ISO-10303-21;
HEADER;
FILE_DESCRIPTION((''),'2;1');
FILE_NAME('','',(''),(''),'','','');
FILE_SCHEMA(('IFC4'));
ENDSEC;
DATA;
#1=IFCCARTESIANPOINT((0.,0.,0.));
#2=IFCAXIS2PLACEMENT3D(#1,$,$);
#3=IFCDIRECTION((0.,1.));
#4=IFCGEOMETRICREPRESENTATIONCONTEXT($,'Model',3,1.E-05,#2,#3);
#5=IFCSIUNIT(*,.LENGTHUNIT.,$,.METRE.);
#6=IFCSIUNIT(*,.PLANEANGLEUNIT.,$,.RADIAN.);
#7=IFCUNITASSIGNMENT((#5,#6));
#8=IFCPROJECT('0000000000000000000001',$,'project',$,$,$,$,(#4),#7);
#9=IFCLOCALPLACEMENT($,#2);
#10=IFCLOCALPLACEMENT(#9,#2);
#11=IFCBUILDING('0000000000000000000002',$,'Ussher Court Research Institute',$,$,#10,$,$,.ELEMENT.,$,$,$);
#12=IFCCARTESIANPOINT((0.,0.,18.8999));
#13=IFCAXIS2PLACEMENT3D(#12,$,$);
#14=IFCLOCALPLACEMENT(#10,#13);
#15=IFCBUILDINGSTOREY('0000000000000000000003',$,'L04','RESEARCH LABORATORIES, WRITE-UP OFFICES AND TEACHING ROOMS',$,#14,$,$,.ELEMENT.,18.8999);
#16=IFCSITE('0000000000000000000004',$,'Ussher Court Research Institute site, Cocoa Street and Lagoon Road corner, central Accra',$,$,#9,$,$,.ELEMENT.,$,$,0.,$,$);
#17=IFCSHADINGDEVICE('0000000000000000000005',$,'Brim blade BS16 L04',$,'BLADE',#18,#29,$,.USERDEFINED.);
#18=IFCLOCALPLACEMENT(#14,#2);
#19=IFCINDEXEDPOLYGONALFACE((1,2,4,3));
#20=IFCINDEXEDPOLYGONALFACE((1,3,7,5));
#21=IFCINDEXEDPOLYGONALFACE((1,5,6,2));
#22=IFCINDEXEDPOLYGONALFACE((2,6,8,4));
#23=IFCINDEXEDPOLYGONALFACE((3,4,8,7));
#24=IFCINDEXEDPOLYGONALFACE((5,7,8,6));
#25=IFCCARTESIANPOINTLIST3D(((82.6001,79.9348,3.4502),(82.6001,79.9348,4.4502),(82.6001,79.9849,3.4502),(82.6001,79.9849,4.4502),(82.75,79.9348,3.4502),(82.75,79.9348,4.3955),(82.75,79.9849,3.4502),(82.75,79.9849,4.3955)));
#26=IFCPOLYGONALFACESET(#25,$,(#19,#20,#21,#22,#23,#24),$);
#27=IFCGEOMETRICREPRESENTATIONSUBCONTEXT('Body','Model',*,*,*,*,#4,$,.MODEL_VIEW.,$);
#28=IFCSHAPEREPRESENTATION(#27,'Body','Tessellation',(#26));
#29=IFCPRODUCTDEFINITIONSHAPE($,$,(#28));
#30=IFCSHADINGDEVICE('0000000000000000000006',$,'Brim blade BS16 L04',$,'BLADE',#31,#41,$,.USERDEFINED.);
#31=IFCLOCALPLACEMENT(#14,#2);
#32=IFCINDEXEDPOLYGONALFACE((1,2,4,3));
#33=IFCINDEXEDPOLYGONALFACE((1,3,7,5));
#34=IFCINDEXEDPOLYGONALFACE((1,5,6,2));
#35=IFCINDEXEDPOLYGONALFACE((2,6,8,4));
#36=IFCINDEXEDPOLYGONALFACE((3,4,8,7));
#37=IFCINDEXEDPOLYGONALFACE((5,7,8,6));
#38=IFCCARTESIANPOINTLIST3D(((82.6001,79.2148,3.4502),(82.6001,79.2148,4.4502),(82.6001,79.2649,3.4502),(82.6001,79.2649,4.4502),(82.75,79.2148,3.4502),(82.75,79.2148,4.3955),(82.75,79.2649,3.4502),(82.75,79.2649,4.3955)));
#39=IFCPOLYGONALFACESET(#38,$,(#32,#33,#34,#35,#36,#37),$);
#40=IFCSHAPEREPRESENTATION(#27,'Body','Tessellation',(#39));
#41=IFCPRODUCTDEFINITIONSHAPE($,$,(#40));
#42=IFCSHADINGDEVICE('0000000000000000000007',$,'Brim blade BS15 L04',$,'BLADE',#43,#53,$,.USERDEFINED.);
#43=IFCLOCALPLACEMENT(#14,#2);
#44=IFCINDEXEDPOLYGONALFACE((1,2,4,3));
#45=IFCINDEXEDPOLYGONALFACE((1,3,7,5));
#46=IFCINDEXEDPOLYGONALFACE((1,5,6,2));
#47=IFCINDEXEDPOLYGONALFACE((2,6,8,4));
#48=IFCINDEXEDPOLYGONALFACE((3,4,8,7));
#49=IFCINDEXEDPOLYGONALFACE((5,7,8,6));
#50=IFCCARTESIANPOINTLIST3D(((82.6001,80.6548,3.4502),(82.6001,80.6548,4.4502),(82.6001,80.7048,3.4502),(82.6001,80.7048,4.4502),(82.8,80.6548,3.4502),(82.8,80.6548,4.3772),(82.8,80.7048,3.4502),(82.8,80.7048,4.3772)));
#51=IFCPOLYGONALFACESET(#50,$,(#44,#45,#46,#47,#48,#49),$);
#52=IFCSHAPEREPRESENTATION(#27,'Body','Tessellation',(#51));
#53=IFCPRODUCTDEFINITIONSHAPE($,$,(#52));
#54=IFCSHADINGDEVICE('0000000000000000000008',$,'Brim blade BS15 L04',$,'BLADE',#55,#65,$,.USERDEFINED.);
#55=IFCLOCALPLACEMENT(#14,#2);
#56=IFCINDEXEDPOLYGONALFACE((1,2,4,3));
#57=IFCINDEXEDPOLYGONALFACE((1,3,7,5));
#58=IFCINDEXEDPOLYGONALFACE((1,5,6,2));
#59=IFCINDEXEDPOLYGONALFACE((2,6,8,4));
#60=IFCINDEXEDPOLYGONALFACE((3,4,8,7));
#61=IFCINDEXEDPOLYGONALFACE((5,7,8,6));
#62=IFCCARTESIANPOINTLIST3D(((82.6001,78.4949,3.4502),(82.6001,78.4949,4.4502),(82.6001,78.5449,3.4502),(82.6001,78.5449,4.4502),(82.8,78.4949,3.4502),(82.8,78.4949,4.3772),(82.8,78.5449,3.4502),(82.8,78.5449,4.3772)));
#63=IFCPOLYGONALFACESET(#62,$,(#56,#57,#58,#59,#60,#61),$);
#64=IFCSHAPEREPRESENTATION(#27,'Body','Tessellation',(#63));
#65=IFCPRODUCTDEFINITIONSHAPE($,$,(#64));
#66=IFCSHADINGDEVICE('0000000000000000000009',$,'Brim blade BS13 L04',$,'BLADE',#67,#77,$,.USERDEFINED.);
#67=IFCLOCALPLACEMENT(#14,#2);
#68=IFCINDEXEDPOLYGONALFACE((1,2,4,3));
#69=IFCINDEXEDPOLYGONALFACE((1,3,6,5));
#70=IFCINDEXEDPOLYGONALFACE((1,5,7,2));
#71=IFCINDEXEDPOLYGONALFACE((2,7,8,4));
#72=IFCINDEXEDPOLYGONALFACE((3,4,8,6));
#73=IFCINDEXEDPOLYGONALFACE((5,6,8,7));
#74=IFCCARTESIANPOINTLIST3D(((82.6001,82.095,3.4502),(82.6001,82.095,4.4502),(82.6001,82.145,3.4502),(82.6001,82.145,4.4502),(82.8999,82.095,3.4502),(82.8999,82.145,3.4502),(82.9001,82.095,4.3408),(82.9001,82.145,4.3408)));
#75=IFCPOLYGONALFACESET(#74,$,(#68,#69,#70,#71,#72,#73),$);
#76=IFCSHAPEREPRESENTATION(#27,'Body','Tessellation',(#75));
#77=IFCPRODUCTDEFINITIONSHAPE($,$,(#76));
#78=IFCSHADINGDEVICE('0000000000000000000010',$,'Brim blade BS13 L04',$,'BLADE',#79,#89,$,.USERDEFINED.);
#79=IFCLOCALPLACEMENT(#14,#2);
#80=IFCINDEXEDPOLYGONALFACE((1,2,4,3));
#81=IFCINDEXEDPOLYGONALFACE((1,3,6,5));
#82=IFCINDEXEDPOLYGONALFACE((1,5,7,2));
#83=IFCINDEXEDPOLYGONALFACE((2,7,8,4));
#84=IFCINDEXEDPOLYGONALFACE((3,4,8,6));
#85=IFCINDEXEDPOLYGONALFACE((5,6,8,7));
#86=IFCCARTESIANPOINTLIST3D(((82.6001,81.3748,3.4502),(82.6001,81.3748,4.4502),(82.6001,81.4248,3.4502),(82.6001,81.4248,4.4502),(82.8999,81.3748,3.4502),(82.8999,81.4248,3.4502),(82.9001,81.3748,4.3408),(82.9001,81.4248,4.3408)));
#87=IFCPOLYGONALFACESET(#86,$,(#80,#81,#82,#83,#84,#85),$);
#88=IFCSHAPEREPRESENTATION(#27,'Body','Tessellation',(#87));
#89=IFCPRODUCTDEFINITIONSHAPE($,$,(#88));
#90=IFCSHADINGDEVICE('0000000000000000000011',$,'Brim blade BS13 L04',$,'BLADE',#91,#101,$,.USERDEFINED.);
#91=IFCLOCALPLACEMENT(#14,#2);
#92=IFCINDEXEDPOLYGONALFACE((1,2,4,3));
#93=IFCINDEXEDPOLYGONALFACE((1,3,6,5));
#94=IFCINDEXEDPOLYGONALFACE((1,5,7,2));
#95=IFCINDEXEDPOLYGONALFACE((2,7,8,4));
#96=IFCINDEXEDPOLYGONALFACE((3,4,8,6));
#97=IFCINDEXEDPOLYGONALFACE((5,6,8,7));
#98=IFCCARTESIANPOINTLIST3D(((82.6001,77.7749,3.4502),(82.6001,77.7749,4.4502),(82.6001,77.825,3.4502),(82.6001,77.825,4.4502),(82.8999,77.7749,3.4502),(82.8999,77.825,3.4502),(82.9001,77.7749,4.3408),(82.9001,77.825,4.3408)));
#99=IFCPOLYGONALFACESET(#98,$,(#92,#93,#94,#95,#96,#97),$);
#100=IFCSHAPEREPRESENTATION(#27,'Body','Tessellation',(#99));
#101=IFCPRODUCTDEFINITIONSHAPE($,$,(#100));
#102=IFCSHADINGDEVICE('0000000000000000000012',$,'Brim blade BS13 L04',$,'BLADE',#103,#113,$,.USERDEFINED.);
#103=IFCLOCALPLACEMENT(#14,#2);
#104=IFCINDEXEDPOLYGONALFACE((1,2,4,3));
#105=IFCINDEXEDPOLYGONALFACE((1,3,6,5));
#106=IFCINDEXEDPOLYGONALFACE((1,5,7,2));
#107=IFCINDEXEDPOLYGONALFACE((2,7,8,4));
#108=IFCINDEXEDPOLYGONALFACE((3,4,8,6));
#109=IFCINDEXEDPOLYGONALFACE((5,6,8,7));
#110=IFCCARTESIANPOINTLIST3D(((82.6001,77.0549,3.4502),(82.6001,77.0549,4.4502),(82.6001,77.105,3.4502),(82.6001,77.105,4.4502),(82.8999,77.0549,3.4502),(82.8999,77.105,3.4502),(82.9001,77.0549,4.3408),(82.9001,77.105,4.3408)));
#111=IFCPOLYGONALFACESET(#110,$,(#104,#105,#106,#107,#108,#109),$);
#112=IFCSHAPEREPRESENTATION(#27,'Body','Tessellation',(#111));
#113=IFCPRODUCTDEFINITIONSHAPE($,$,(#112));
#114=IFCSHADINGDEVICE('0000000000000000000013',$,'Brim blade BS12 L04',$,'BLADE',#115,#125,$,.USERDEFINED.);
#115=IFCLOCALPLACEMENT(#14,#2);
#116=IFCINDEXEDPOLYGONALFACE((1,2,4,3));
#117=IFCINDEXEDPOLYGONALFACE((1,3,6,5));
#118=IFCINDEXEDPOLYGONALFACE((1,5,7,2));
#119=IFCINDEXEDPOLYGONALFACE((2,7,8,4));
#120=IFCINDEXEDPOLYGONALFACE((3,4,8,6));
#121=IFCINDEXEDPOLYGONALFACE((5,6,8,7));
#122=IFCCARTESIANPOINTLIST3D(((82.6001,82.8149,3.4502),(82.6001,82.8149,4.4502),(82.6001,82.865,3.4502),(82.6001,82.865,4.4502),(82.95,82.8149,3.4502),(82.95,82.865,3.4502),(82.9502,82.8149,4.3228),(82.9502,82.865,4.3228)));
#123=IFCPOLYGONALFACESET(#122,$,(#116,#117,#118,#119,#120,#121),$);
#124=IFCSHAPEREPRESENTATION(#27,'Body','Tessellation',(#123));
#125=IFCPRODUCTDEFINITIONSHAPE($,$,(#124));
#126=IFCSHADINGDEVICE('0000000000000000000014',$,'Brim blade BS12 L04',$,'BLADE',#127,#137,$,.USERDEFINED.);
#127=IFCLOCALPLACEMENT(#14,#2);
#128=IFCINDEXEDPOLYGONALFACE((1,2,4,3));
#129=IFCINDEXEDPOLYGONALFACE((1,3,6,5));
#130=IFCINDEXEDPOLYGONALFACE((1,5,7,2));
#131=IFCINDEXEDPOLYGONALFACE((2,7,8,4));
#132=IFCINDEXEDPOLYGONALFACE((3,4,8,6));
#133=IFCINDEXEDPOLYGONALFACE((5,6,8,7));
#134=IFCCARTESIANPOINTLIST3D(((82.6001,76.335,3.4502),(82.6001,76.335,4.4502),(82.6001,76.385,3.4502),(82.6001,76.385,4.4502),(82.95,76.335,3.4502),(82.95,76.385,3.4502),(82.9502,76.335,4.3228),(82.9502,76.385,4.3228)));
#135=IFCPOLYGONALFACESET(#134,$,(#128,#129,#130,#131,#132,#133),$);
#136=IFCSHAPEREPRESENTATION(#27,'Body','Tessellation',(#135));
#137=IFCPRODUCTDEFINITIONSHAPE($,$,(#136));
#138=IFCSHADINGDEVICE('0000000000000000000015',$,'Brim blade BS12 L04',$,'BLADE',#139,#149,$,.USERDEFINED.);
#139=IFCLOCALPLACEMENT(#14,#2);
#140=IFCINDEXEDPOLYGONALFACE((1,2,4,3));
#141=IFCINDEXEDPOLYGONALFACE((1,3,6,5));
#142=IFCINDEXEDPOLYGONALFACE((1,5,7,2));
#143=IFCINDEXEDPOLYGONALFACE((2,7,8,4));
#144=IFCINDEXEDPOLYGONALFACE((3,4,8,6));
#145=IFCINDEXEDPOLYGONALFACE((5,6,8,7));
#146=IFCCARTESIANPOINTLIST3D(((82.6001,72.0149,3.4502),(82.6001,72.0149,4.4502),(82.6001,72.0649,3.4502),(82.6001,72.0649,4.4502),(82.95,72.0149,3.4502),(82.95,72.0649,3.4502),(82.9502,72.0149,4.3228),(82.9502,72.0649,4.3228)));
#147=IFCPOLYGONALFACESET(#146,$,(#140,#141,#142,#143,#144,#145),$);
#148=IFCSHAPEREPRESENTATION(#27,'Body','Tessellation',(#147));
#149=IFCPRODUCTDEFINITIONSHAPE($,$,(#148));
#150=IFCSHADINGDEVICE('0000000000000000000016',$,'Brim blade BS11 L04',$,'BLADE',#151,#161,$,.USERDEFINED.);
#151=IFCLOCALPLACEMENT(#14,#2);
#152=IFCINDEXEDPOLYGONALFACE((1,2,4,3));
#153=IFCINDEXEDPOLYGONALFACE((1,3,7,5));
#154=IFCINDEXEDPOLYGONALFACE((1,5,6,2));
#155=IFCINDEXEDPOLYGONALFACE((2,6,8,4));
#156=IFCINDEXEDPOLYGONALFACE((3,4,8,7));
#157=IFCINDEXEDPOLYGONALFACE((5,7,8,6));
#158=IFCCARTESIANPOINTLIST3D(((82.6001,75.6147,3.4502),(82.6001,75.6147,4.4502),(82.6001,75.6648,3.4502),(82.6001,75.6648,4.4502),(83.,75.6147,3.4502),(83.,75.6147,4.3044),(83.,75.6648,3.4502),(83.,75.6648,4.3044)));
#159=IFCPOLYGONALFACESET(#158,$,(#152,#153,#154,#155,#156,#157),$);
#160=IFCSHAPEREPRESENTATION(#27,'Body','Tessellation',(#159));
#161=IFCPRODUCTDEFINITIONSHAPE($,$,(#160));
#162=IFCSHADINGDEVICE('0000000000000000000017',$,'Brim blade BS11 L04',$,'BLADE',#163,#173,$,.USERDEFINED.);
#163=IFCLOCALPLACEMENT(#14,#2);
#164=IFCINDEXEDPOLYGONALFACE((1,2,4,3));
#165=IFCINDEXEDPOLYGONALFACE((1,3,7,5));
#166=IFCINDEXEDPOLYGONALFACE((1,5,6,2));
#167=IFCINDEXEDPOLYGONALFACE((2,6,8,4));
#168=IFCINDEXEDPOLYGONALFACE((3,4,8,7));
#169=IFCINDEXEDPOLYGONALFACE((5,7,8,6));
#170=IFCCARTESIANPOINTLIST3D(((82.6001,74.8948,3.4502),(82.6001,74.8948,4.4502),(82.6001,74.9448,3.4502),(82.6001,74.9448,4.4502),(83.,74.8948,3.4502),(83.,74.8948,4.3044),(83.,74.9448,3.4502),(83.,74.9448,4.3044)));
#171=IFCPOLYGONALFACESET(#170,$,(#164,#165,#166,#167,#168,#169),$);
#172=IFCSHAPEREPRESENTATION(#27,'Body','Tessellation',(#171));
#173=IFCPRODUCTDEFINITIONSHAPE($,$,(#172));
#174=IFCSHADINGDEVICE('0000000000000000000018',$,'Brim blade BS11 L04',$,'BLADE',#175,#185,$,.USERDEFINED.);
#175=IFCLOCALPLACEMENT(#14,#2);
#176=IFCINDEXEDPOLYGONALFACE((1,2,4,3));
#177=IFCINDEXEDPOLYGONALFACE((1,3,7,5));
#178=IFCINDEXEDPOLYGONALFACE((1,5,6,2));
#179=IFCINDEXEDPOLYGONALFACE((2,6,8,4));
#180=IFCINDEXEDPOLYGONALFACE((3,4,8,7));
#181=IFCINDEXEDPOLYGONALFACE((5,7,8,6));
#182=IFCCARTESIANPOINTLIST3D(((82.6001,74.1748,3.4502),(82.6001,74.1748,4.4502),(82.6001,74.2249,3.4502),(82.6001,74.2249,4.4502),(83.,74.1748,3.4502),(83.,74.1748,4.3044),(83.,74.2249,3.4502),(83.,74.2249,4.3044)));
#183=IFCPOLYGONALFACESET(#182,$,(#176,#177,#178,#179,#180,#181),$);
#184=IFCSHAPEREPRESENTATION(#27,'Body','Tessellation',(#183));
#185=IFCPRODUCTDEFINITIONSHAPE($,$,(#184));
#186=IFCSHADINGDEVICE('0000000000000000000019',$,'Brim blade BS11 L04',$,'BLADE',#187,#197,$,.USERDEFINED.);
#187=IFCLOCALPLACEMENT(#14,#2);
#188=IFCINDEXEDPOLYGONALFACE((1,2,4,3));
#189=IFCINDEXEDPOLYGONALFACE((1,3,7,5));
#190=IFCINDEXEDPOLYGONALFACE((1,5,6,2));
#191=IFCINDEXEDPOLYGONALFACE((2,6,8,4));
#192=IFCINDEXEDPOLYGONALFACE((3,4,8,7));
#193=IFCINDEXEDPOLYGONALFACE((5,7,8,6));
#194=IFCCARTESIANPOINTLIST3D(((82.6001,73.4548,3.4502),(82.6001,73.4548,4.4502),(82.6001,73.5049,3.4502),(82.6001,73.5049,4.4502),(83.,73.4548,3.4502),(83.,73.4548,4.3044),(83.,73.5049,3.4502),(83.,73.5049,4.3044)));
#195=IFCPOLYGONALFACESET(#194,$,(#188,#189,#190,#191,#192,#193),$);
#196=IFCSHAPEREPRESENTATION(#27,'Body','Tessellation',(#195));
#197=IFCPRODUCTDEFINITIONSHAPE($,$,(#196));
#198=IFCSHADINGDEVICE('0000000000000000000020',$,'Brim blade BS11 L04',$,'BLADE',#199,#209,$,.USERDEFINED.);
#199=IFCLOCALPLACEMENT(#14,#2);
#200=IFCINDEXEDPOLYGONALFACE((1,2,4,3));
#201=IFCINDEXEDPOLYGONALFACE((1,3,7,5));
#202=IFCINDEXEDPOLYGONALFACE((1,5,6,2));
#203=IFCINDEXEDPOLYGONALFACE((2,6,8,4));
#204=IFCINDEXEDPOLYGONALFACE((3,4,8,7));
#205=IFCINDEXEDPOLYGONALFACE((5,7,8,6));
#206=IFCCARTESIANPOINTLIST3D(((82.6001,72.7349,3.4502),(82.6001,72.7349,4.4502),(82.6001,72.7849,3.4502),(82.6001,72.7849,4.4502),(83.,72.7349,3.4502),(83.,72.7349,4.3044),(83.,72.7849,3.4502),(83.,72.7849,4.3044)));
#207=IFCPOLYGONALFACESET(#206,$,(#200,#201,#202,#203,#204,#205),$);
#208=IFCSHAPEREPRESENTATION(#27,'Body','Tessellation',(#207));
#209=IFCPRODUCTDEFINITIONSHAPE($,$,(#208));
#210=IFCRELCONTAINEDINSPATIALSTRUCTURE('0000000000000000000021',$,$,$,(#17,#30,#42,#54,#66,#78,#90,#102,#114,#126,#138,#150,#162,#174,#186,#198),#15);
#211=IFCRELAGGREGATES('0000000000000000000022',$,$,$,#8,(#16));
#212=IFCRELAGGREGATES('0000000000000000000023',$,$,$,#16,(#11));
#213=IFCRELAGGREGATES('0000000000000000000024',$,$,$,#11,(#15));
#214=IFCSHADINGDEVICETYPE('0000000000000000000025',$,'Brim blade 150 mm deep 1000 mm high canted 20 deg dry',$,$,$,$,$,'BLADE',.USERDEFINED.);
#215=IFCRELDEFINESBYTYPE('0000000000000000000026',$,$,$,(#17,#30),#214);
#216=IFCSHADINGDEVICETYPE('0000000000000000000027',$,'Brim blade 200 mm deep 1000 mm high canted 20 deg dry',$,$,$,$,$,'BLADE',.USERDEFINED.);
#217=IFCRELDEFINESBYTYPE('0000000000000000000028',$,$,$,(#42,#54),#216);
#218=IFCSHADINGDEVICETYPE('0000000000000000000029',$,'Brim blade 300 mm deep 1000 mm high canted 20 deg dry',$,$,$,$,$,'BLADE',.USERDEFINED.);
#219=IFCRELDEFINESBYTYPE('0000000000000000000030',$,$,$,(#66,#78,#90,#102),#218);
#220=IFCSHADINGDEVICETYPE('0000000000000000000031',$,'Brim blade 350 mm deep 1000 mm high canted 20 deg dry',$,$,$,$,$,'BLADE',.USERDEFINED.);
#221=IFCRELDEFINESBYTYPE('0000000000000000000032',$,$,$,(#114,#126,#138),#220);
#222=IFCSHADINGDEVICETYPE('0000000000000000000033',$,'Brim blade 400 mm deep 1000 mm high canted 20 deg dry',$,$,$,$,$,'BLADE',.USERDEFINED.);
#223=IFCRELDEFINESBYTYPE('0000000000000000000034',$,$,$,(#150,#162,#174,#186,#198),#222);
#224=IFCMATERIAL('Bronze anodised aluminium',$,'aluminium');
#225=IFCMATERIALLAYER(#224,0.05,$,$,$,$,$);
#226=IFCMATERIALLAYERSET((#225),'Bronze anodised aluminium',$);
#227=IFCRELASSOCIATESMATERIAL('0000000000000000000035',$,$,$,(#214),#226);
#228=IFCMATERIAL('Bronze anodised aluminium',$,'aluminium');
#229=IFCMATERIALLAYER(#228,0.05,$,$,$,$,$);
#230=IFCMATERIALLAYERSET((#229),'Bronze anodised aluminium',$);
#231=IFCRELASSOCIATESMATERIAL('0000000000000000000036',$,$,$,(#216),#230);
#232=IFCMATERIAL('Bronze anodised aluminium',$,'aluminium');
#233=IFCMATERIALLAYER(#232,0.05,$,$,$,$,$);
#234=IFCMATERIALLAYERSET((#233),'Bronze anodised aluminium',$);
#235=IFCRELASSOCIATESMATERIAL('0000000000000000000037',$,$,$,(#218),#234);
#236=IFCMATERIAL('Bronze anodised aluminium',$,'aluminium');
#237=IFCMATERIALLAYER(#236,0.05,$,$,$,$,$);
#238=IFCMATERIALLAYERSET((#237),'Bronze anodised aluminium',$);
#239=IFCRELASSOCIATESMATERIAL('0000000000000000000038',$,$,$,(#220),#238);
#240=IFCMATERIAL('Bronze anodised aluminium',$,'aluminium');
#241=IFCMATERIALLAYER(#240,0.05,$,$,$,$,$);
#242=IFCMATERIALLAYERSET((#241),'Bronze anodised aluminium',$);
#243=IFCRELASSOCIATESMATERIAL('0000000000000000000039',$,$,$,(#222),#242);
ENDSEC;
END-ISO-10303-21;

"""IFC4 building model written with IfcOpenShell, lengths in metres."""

from ifc_helpers import new_model, si_unit, direction, frame, origin, place, context, subcontext, project, spatial, polyline, outline, extrude, material, layer, layer_set, type_object, element, save


model = new_model("IFC4")

# Units and contexts
model_context = context("Model", 3, precision=1e-05, world=origin(), true_north=direction((0.0, 1.0)))
body_context = subcontext(model_context, "Body", "Model", "MODEL_VIEW")
ifc_project = project(units=[si_unit("LENGTHUNIT", "METRE"), si_unit("PLANEANGLEUNIT", "RADIAN")], contexts=[model_context])

# Site, building, storey
site_placement = place(None, origin())
site = spatial("IfcSite", under=ifc_project, at=site_placement, Name="Ussher Court Research Institute site, Cocoa Street and Lagoon Road corner, central Accra", CompositionType="ELEMENT", RefElevation=0.0)
building_placement = place(site_placement, origin())
building = spatial("IfcBuilding", under=site, at=building_placement, Name="Ussher Court Research Institute", CompositionType="ELEMENT")
storey_placement = place(building_placement, frame((0.0, 0.0, 18.8999)))
storey = spatial("IfcBuildingStorey", under=building, at=storey_placement, Name="L04", Description="RESEARCH LABORATORIES, WRITE-UP OFFICES AND TEACHING ROOMS", CompositionType="ELEMENT", Elevation=18.8999)

# Shading devices
ifc_material_1 = material(Name="Bronze anodised aluminium", Category="aluminium")
ifc_layer_1 = layer(ifc_material_1, 0.05)
ifc_layer_set_1 = layer_set([ifc_layer_1], Name="Bronze anodised aluminium")
shading_device_type_1 = type_object("IfcShadingDeviceType", Name="Brim blade 150 mm deep 1000 mm high canted 20 deg dry", ElementType="BLADE", PredefinedType="USERDEFINED", material=ifc_layer_set_1)
for number, where, z_axis, x_axis, name in (
    (1, (82.6001, 79.96, 3.4502), (0.0, 0.0, 1.0), (1.0, 0.0, 0.0), "Brim blade BS16 L04"),
    (2, (82.6001, 79.24, 3.4502), (0.0, 0.0, 1.0), (1.0, 0.0, 0.0), "Brim blade BS16 L04"),
):
    element("IfcShadingDevice", number, at=place(storey_placement, frame(where, z_axis=z_axis, x_axis=x_axis)), inside=storey, type_object=shading_device_type_1, Name=name, ObjectType="BLADE", PredefinedType="USERDEFINED", context=body_context, shape_type="SweptSolid", body=[
        extrude(outline(polyline([(0.0, 0.0), (0.1499, 0.0), (0.1499, 0.9453), (0.0, 1.0), (0.0, 0.0)])), frame((0.0, 0.0249, 0.0), z_axis=(0.0, -1.0, 0.0), x_axis=(1.0, 0.0, 0.0)), (0.0, 0.0, 1.0), 0.05),
    ])
ifc_material_2 = material(Name="Bronze anodised aluminium", Category="aluminium")
ifc_layer_2 = layer(ifc_material_2, 0.05)
ifc_layer_set_2 = layer_set([ifc_layer_2], Name="Bronze anodised aluminium")
shading_device_type_2 = type_object("IfcShadingDeviceType", Name="Brim blade 200 mm deep 1000 mm high canted 20 deg dry", ElementType="BLADE", PredefinedType="USERDEFINED", material=ifc_layer_set_2)
for number, where, z_axis, x_axis, name in (
    (3, (82.6001, 80.6799, 3.4502), (0.0, 0.0, 1.0), (1.0, 0.0, 0.0), "Brim blade BS15 L04"),
    (4, (82.6001, 78.52, 3.4502), (0.0, 0.0, 1.0), (1.0, 0.0, 0.0), "Brim blade BS15 L04"),
):
    element("IfcShadingDevice", number, at=place(storey_placement, frame(where, z_axis=z_axis, x_axis=x_axis)), inside=storey, type_object=shading_device_type_2, Name=name, ObjectType="BLADE", PredefinedType="USERDEFINED", context=body_context, shape_type="SweptSolid", body=[
        extrude(outline(polyline([(0.0, 0.0), (0.2, 0.0), (0.2, 0.927), (0.0, 1.0), (0.0, 0.0)])), frame((0.0, 0.0249, 0.0), z_axis=(0.0, -1.0, 0.0), x_axis=(1.0, 0.0, 0.0)), (0.0, 0.0, 1.0), 0.05),
    ])
ifc_material_3 = material(Name="Bronze anodised aluminium", Category="aluminium")
ifc_layer_3 = layer(ifc_material_3, 0.05)
ifc_layer_set_3 = layer_set([ifc_layer_3], Name="Bronze anodised aluminium")
shading_device_type_3 = type_object("IfcShadingDeviceType", Name="Brim blade 300 mm deep 1000 mm high canted 20 deg dry", ElementType="BLADE", PredefinedType="USERDEFINED", material=ifc_layer_set_3)
for number, where, z_axis, x_axis, name in (
    (5, (82.6001, 82.1201, 3.4502), (0.0, 0.0, 1.0), (1.0, 0.0, 0.0), "Brim blade BS13 L04"),
    (6, (82.6001, 81.3999, 3.4502), (0.0, 0.0, 1.0), (1.0, 0.0, 0.0), "Brim blade BS13 L04"),
    (7, (82.6001, 77.8, 3.4502), (0.0, 0.0, 1.0), (1.0, 0.0, 0.0), "Brim blade BS13 L04"),
    (8, (82.6001, 77.0801, 3.4502), (0.0, 0.0, 1.0), (1.0, 0.0, 0.0), "Brim blade BS13 L04"),
):
    element("IfcShadingDevice", number, at=place(storey_placement, frame(where, z_axis=z_axis, x_axis=x_axis)), inside=storey, type_object=shading_device_type_3, Name=name, ObjectType="BLADE", PredefinedType="USERDEFINED", context=body_context, shape_type="SweptSolid", body=[
        extrude(outline(polyline([(0.0, 0.0), (0.2998, 0.0), (0.3, 0.8906), (0.0, 1.0), (0.0, 0.0)])), frame((0.0, 0.0249, 0.0), z_axis=(0.0, -1.0, 0.0), x_axis=(1.0, 0.0, 0.0)), (0.0, 0.0, 1.0), 0.05),
    ])
ifc_material_4 = material(Name="Bronze anodised aluminium", Category="aluminium")
ifc_layer_4 = layer(ifc_material_4, 0.05)
ifc_layer_set_4 = layer_set([ifc_layer_4], Name="Bronze anodised aluminium")
shading_device_type_4 = type_object("IfcShadingDeviceType", Name="Brim blade 350 mm deep 1000 mm high canted 20 deg dry", ElementType="BLADE", PredefinedType="USERDEFINED", material=ifc_layer_set_4)
for number, where, z_axis, x_axis, name in (
    (9, (82.6001, 82.8401, 3.4502), (0.0, 0.0, 1.0), (1.0, 0.0, 0.0), "Brim blade BS12 L04"),
    (10, (82.6001, 76.3601, 3.4502), (0.0, 0.0, 1.0), (1.0, 0.0, 0.0), "Brim blade BS12 L04"),
    (11, (82.6001, 72.04, 3.4502), (0.0, 0.0, 1.0), (1.0, 0.0, 0.0), "Brim blade BS12 L04"),
):
    element("IfcShadingDevice", number, at=place(storey_placement, frame(where, z_axis=z_axis, x_axis=x_axis)), inside=storey, type_object=shading_device_type_4, Name=name, ObjectType="BLADE", PredefinedType="USERDEFINED", context=body_context, shape_type="SweptSolid", body=[
        extrude(outline(polyline([(0.0, 0.0), (0.3499, 0.0), (0.3501, 0.8726), (0.0, 1.0), (0.0, 0.0)])), frame((0.0, 0.0249, 0.0), z_axis=(0.0, -1.0, 0.0), x_axis=(1.0, 0.0, 0.0)), (0.0, 0.0, 1.0), 0.05),
    ])
ifc_material_5 = material(Name="Bronze anodised aluminium", Category="aluminium")
ifc_layer_5 = layer(ifc_material_5, 0.05)
ifc_layer_set_5 = layer_set([ifc_layer_5], Name="Bronze anodised aluminium")
shading_device_type_5 = type_object("IfcShadingDeviceType", Name="Brim blade 400 mm deep 1000 mm high canted 20 deg dry", ElementType="BLADE", PredefinedType="USERDEFINED", material=ifc_layer_set_5)
for number, where, z_axis, x_axis, name in (
    (12, (82.6001, 75.6399, 3.4502), (0.0, 0.0, 1.0), (1.0, 0.0, 0.0), "Brim blade BS11 L04"),
    (13, (82.6001, 74.9199, 3.4502), (0.0, 0.0, 1.0), (1.0, 0.0, 0.0), "Brim blade BS11 L04"),
    (14, (82.6001, 74.2, 3.4502), (0.0, 0.0, 1.0), (1.0, 0.0, 0.0), "Brim blade BS11 L04"),
    (15, (82.6001, 73.48, 3.4502), (0.0, 0.0, 1.0), (1.0, 0.0, 0.0), "Brim blade BS11 L04"),
    (16, (82.6001, 72.76, 3.4502), (0.0, 0.0, 1.0), (1.0, 0.0, 0.0), "Brim blade BS11 L04"),
):
    element("IfcShadingDevice", number, at=place(storey_placement, frame(where, z_axis=z_axis, x_axis=x_axis)), inside=storey, type_object=shading_device_type_5, Name=name, ObjectType="BLADE", PredefinedType="USERDEFINED", context=body_context, shape_type="SweptSolid", body=[
        extrude(outline(polyline([(0.0, 0.0), (0.3999, 0.0), (0.3999, 0.8542), (0.0, 1.0), (0.0, 0.0)])), frame((0.0, 0.0249, 0.0), z_axis=(0.0, -1.0, 0.0), x_axis=(1.0, 0.0, 0.0)), (0.0, 0.0, 1.0), 0.05),
    ])

save(model, "model.ifc")
